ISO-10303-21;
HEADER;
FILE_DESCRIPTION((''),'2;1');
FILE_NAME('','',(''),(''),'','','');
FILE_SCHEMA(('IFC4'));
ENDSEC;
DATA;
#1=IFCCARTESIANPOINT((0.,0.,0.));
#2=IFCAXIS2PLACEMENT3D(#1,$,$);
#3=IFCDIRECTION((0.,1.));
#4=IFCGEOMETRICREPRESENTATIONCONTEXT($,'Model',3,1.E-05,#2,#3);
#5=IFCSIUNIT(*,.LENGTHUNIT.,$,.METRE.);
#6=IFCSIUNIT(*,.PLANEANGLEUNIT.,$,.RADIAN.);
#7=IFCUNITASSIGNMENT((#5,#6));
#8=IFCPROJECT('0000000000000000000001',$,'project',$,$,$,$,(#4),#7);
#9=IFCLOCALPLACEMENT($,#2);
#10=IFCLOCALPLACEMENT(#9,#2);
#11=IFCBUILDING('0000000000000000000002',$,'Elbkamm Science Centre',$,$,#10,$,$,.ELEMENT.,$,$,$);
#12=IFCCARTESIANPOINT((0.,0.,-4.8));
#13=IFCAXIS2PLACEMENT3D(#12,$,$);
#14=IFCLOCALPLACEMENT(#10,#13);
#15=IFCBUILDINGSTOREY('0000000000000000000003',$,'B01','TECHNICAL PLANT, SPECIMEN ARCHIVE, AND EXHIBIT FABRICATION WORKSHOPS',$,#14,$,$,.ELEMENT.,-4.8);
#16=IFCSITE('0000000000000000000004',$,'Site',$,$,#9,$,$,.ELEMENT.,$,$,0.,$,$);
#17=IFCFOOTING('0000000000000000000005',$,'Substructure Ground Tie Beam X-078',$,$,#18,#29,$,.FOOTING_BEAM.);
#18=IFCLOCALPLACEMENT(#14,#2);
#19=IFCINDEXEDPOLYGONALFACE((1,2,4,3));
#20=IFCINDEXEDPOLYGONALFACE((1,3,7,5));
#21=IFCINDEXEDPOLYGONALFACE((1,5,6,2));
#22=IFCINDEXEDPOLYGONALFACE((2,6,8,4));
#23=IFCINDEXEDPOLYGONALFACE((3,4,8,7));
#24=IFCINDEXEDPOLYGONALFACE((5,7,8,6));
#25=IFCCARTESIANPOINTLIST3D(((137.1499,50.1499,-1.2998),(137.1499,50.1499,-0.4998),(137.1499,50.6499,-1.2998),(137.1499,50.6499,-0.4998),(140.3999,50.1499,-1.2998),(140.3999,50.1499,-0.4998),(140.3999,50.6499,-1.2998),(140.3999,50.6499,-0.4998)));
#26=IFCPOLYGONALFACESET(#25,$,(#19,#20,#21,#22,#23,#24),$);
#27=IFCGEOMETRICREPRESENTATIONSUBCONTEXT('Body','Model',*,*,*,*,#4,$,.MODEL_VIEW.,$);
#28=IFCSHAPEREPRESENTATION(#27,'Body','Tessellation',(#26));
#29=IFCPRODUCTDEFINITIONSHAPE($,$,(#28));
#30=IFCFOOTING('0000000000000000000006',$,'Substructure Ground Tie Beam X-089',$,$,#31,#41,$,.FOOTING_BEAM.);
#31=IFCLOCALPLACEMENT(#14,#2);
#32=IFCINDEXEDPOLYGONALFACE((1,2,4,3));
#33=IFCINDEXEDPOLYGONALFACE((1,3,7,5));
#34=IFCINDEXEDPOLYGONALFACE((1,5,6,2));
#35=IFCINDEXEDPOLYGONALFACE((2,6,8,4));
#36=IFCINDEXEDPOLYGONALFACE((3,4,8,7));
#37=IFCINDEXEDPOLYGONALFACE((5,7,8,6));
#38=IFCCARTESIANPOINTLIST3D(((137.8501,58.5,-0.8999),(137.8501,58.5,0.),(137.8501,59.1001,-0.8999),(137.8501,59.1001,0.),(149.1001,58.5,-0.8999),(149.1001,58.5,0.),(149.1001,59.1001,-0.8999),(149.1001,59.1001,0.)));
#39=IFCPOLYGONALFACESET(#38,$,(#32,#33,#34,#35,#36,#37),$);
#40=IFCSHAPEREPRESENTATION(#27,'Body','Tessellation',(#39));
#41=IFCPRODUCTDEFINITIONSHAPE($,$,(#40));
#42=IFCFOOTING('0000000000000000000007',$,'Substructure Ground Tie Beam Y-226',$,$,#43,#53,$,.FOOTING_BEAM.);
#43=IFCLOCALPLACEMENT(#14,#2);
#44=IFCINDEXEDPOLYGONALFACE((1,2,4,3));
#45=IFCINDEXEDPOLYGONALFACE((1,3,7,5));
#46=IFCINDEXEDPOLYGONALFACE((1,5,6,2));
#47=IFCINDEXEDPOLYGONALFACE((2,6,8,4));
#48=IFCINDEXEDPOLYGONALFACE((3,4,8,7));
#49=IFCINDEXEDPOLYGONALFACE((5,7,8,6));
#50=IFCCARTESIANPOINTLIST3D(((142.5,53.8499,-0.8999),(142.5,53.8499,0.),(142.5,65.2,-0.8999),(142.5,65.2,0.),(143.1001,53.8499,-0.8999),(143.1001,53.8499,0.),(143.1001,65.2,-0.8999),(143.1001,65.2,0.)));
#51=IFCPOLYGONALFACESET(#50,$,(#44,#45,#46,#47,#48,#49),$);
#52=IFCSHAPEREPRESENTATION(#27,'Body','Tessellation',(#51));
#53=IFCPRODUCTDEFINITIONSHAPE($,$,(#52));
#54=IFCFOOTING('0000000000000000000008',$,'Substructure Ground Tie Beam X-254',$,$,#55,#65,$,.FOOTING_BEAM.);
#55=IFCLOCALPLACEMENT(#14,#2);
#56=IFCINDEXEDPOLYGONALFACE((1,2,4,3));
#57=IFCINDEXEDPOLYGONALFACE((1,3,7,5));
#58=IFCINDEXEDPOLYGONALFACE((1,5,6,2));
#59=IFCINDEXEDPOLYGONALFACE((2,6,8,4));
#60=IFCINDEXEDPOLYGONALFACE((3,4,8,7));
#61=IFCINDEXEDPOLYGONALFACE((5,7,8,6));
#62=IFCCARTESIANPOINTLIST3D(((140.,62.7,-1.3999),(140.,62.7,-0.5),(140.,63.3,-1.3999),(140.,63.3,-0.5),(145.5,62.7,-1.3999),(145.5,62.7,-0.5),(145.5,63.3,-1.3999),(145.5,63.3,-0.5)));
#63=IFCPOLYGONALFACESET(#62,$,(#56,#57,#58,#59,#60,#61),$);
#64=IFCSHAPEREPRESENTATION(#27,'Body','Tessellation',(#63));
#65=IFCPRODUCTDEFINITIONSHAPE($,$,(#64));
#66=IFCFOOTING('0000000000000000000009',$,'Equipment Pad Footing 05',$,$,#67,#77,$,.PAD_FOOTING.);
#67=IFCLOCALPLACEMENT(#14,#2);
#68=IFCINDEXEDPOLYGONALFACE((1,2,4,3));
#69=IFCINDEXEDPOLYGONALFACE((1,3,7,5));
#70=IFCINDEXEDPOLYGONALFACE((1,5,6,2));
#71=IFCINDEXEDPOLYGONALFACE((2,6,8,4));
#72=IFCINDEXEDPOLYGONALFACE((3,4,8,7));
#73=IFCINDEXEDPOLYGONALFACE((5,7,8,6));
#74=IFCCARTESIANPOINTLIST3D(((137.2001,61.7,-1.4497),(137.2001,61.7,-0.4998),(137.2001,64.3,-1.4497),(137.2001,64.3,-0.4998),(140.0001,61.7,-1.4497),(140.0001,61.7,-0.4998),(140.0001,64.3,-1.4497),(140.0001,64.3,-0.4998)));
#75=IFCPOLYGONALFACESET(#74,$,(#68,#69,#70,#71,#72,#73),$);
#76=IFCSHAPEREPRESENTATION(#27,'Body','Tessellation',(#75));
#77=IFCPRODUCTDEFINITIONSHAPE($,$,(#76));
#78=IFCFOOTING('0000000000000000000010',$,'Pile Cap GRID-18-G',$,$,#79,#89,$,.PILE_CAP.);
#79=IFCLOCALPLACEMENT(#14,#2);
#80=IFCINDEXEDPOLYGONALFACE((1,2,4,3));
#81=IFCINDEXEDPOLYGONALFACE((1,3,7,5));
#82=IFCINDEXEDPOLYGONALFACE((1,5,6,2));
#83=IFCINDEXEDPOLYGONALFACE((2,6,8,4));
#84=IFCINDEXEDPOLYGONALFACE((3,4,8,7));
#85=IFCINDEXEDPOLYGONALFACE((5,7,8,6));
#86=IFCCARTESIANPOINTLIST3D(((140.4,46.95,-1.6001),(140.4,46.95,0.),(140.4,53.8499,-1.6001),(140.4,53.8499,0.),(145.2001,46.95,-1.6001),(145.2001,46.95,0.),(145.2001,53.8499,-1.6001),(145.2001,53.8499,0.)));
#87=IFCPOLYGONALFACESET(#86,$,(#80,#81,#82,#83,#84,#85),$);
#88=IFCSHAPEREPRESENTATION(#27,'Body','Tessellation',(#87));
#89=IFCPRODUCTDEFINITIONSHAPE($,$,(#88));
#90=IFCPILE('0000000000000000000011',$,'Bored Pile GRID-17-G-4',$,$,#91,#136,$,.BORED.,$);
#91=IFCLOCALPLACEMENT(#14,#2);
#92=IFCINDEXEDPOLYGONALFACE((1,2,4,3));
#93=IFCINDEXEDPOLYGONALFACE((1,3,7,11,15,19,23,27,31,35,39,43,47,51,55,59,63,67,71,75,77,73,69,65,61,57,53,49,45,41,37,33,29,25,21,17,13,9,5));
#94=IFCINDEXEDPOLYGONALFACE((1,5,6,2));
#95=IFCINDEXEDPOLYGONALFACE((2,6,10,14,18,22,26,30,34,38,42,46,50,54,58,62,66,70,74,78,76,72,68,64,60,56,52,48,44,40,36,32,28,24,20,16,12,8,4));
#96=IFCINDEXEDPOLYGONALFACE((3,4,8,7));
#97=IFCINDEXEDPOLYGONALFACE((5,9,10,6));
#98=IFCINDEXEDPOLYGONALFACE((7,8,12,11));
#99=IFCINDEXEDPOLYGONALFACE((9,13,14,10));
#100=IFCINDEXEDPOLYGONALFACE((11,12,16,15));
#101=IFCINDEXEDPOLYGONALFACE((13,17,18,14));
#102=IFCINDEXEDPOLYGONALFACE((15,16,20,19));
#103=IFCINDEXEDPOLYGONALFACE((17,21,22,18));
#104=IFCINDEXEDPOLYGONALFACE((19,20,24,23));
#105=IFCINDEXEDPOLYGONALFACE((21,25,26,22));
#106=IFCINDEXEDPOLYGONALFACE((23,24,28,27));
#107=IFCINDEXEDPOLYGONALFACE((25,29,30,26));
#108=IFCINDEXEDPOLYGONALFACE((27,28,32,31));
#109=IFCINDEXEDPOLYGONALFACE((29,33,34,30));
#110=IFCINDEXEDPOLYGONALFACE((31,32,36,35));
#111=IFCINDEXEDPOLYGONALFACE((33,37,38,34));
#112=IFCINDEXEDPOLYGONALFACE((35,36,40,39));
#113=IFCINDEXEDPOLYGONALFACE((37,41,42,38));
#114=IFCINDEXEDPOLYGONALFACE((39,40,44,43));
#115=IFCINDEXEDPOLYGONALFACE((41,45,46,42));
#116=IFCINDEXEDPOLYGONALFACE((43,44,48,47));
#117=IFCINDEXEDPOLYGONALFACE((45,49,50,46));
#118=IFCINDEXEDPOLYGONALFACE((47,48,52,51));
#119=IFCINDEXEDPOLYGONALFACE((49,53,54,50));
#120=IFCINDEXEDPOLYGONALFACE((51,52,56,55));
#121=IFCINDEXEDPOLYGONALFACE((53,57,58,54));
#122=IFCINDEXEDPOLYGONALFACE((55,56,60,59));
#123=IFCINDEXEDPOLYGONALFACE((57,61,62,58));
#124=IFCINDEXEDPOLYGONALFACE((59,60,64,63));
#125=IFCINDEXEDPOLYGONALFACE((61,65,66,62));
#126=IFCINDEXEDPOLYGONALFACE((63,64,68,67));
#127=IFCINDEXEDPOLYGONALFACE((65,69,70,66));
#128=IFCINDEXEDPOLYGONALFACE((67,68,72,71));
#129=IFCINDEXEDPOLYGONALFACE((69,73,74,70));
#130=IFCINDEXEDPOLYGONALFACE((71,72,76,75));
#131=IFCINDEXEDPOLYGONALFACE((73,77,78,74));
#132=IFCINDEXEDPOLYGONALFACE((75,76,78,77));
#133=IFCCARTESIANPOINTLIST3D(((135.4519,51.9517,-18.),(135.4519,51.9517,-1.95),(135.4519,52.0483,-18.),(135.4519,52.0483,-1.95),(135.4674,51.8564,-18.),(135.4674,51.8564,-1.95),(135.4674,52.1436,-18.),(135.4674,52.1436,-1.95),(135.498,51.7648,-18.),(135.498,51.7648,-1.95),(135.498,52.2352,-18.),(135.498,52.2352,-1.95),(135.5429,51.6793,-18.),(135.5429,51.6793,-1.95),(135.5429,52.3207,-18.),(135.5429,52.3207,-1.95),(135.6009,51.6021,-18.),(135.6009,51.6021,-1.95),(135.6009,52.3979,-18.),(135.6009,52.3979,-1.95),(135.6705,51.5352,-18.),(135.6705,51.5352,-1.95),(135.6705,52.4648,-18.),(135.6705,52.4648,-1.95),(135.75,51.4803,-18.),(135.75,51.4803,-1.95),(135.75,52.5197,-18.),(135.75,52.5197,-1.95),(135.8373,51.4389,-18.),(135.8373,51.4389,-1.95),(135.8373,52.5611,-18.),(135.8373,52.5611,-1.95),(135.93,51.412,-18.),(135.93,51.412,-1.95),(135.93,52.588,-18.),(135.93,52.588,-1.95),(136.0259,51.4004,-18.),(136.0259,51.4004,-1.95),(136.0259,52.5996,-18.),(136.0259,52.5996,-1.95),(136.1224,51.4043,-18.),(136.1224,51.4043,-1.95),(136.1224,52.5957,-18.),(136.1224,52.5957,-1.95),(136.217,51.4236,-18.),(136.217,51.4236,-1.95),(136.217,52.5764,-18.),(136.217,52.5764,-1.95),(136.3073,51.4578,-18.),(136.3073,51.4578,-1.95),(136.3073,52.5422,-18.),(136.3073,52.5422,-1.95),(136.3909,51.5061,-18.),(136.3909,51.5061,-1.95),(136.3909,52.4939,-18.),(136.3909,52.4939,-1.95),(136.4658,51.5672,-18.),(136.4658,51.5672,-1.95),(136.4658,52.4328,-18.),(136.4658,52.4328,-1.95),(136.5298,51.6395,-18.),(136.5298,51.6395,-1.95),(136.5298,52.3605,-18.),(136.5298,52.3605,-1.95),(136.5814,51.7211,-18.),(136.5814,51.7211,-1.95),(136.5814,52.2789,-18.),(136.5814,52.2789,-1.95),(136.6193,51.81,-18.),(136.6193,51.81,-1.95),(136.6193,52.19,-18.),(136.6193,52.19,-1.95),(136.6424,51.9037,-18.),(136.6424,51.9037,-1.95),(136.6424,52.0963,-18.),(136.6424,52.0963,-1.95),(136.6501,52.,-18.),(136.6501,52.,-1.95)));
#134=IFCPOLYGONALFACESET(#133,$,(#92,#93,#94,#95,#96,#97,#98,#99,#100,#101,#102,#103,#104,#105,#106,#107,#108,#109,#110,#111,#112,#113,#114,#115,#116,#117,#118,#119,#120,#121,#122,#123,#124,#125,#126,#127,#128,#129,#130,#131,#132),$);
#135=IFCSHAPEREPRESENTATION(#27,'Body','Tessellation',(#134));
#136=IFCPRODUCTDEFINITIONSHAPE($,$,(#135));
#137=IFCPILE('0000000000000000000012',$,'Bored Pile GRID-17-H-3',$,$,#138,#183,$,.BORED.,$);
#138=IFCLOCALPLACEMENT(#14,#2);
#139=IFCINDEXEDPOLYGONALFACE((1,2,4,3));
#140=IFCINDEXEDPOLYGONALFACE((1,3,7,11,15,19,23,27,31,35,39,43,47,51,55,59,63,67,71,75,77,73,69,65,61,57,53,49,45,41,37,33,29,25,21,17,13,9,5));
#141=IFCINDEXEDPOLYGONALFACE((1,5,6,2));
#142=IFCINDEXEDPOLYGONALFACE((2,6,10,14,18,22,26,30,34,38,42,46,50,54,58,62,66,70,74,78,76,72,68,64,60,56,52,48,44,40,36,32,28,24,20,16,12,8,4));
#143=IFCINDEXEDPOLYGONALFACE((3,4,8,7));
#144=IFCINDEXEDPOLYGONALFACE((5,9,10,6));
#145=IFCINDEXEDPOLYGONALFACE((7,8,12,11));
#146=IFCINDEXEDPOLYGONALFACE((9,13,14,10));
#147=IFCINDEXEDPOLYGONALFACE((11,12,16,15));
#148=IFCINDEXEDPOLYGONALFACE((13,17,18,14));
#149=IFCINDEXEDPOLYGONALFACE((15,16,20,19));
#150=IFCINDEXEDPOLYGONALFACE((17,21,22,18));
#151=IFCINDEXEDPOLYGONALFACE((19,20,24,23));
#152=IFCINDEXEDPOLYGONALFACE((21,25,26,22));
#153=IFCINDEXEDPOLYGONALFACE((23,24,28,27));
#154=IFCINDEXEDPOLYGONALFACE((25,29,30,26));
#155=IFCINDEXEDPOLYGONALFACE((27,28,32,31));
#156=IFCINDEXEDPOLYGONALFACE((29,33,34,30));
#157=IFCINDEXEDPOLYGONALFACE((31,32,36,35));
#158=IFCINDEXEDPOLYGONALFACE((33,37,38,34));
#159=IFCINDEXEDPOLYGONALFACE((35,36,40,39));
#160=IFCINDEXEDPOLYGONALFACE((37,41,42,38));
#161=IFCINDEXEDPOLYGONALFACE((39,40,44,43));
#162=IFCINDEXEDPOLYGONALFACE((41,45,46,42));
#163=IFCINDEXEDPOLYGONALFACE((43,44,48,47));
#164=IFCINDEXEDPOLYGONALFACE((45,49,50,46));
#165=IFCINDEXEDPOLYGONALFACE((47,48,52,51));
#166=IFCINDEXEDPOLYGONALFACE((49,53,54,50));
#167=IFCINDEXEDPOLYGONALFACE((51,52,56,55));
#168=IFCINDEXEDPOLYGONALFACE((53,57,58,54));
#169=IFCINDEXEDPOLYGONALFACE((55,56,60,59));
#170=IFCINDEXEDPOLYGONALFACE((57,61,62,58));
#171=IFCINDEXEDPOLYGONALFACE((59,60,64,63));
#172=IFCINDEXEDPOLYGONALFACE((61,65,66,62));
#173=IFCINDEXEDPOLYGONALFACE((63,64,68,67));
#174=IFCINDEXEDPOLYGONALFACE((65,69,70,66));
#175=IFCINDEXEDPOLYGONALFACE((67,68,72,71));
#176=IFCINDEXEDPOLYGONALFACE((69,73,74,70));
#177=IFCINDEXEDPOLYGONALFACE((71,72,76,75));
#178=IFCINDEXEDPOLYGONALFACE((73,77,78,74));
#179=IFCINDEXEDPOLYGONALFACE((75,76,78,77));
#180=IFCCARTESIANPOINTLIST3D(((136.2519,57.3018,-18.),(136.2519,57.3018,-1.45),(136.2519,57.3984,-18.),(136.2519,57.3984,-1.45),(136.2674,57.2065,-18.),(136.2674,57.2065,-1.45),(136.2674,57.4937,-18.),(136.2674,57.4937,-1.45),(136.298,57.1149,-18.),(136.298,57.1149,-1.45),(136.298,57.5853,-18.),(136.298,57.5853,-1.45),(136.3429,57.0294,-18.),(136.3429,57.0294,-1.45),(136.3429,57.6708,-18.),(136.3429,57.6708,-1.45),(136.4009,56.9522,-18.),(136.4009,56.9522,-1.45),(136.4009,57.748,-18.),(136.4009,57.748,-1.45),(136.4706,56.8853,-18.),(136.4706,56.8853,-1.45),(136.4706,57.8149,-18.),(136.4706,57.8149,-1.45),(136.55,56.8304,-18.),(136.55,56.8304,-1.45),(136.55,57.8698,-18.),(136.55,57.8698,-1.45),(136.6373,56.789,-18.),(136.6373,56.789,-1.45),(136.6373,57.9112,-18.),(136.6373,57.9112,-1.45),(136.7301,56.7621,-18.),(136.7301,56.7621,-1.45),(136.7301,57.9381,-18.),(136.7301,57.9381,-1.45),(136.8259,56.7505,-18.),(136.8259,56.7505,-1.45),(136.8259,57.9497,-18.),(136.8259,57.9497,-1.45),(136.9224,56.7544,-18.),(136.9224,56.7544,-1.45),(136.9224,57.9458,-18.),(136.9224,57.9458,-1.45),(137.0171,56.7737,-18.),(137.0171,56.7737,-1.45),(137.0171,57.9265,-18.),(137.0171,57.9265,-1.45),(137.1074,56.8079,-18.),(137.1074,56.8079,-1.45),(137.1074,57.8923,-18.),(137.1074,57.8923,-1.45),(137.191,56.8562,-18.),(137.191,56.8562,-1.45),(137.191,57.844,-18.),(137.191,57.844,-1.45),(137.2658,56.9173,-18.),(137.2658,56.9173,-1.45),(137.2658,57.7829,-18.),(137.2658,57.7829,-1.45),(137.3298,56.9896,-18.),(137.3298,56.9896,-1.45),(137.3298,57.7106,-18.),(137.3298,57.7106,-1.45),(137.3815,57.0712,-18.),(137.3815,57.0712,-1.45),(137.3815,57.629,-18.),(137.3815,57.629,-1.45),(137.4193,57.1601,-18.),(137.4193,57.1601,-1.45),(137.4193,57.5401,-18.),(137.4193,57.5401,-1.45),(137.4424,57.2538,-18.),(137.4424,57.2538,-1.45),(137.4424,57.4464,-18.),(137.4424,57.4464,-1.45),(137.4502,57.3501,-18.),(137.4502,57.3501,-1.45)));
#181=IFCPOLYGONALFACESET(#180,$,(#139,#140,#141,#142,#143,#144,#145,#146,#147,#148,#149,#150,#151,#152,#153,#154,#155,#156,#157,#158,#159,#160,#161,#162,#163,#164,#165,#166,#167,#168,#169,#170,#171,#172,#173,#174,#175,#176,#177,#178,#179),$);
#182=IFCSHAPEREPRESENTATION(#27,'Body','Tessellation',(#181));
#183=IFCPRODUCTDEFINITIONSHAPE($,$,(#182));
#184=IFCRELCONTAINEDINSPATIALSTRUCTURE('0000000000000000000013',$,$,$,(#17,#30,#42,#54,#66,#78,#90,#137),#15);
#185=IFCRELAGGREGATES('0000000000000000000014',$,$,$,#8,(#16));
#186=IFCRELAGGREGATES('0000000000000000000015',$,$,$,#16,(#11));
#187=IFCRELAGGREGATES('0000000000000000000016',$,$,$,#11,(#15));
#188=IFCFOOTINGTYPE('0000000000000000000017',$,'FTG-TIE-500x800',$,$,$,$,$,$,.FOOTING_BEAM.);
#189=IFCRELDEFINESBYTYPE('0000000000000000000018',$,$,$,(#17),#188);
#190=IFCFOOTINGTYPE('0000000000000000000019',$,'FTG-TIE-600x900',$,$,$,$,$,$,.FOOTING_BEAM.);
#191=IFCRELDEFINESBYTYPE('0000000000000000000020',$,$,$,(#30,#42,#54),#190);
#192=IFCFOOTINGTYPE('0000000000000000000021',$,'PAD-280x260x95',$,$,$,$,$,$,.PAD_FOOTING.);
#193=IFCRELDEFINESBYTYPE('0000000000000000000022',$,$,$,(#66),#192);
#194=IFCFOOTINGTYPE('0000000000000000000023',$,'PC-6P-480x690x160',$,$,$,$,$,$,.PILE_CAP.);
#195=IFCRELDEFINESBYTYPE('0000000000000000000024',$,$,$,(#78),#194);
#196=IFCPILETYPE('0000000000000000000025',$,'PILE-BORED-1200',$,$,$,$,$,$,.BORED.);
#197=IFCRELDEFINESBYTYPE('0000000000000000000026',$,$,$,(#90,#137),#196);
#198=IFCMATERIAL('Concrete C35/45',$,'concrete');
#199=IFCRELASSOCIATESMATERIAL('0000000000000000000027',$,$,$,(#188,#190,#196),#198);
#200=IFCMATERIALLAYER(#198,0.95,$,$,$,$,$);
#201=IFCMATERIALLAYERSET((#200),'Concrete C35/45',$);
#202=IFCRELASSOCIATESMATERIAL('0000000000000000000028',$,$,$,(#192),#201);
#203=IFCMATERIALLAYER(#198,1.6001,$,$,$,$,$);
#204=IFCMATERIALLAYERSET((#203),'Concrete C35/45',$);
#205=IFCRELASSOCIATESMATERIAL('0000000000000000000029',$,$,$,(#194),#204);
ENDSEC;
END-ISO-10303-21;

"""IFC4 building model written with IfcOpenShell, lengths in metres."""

from ifc_helpers import new_model, si_unit, direction, frame, origin, origin_2d, place, context, subcontext, project, spatial, rectangle, circle, extrude, material, layer, layer_set, material_profile, profile_set, type_object, element, save


model = new_model("IFC4")

# Units and contexts
model_context = context("Model", 3, precision=1e-05, world=origin(), true_north=direction((0.0, 1.0)))
body_context = subcontext(model_context, "Body", "Model", "MODEL_VIEW")
ifc_project = project(units=[si_unit("LENGTHUNIT", "METRE"), si_unit("PLANEANGLEUNIT", "RADIAN")], contexts=[model_context])

# Site, building, storey
site_placement = place(None, origin())
site = spatial("IfcSite", under=ifc_project, at=site_placement, Name="Site", CompositionType="ELEMENT", RefElevation=0.0)
building_placement = place(site_placement, origin())
building = spatial("IfcBuilding", under=site, at=building_placement, Name="Elbkamm Science Centre", CompositionType="ELEMENT")
storey_placement = place(building_placement, frame((0.0, 0.0, -4.8)))
storey = spatial("IfcBuildingStorey", under=building, at=storey_placement, Name="B01", Description="TECHNICAL PLANT, SPECIMEN ARCHIVE, AND EXHIBIT FABRICATION WORKSHOPS", CompositionType="ELEMENT", Elevation=-4.8)

# Footings
ifc_material_1 = material(Name="Concrete C35/45", Category="concrete")
footing_type_1 = type_object("IfcFootingType", Name="FTG-TIE-500x800", PredefinedType="FOOTING_BEAM", material=ifc_material_1)
footing_1_placement = place(storey_placement, frame((138.7749, 50.3999, -1.2998), z_axis=(0.0, 0.0, 1.0), x_axis=(1.0, 0.0, 0.0)))
element("IfcFooting", 1, at=footing_1_placement, inside=storey, type_object=footing_type_1, Name="Substructure Ground Tie Beam X-078", PredefinedType="FOOTING_BEAM", context=body_context, shape_type="SweptSolid", body=[
    extrude(rectangle(XDim=3.25, YDim=0.5, at=origin_2d()), origin(), (0.0, 0.0, 1.0), 0.8),
])
footing_type_2 = type_object("IfcFootingType", Name="FTG-TIE-600x900", PredefinedType="FOOTING_BEAM", material=ifc_material_1)
footing_2_placement = place(storey_placement, frame((143.4751, 58.8, -0.8999), z_axis=(0.0, 0.0, 1.0), x_axis=(1.0, 0.0, 0.0)))
element("IfcFooting", 2, at=footing_2_placement, inside=storey, type_object=footing_type_2, Name="Substructure Ground Tie Beam X-089", PredefinedType="FOOTING_BEAM", context=body_context, shape_type="SweptSolid", body=[
    extrude(rectangle(XDim=11.25, YDim=0.6001, at=origin_2d()), origin(), (0.0, 0.0, 1.0), 0.8999),
])
footing_3_placement = place(storey_placement, frame((142.8, 59.5249, -0.8999), z_axis=(0.0, 0.0, 1.0), x_axis=(1.0, 0.0, 0.0)))
element("IfcFooting", 3, at=footing_3_placement, inside=storey, type_object=footing_type_2, Name="Substructure Ground Tie Beam Y-226", PredefinedType="FOOTING_BEAM", context=body_context, shape_type="SweptSolid", body=[
    extrude(rectangle(XDim=0.6001, YDim=11.3501, at=origin_2d()), origin(), (0.0, 0.0, 1.0), 0.8999),
])
footing_4_placement = place(storey_placement, frame((142.75, 63.0, -1.3999), z_axis=(0.0, 0.0, 1.0), x_axis=(1.0, 0.0, 0.0)))
element("IfcFooting", 4, at=footing_4_placement, inside=storey, type_object=footing_type_2, Name="Substructure Ground Tie Beam X-254", PredefinedType="FOOTING_BEAM", context=body_context, shape_type="SweptSolid", body=[
    extrude(rectangle(XDim=5.5, YDim=0.6001, at=origin_2d()), origin(), (0.0, 0.0, 1.0), 0.8999),
])
ifc_layer_1 = layer(ifc_material_1, 0.95)
ifc_layer_set_1 = layer_set([ifc_layer_1], Name="Concrete C35/45")
footing_type_3 = type_object("IfcFootingType", Name="PAD-280x260x95", PredefinedType="PAD_FOOTING", material=ifc_layer_set_1)
footing_5_placement = place(storey_placement, frame((138.6001, 63.0, -1.4497), z_axis=(0.0, 0.0, 1.0), x_axis=(1.0, 0.0, 0.0)))
element("IfcFooting", 5, at=footing_5_placement, inside=storey, type_object=footing_type_3, Name="Equipment Pad Footing 05", PredefinedType="PAD_FOOTING", context=body_context, shape_type="SweptSolid", body=[
    extrude(rectangle(XDim=2.8, YDim=2.6001, at=origin_2d()), origin(), (0.0, 0.0, 1.0), 0.95),
])
ifc_layer_2 = layer(ifc_material_1, 1.6001)
ifc_layer_set_2 = layer_set([ifc_layer_2], Name="Concrete C35/45")
footing_type_4 = type_object("IfcFootingType", Name="PC-6P-480x690x160", PredefinedType="PILE_CAP", material=ifc_layer_set_2)
footing_6_placement = place(storey_placement, frame((142.8, 50.3999, -1.6001), z_axis=(0.0, 0.0, 1.0), x_axis=(1.0, 0.0, 0.0)))
element("IfcFooting", 6, at=footing_6_placement, inside=storey, type_object=footing_type_4, Name="Pile Cap GRID-18-G", PredefinedType="PILE_CAP", context=body_context, shape_type="SweptSolid", body=[
    extrude(rectangle(XDim=4.8, YDim=6.8999, at=origin_2d()), origin(), (0.0, 0.0, 1.0), 1.6001),
])

# Piles
ifc_material_profile_1 = material_profile(ifc_material_1, circle(Radius=0.6001, at=origin_2d()), Name="PILE D1200")
ifc_profile_set_1 = profile_set([ifc_material_profile_1], Name="Concrete C35/45")
pile_type = type_object("IfcPileType", Name="PILE-BORED-1200", PredefinedType="BORED", material=ifc_profile_set_1)
pile_placement = place(storey_placement, frame((136.05, 52.0, -1.95), z_axis=(0.0, 0.0, -1.0), x_axis=(1.0, 0.0, 0.0)))
element("IfcPile", 7, at=pile_placement, inside=storey, type_object=pile_type, Name="Bored Pile GRID-17-G-4", PredefinedType="BORED", context=body_context, shape_type="SweptSolid", body=[
    extrude(circle(Radius=0.6001, at=origin_2d()), origin(), (0.0, 0.0, 1.0), 16.05),
])
for number, where, z_axis, x_axis, name in (
    (8, (136.8501, 57.3501, -1.45), (0.0, 0.0, -1.0), (1.0, 0.0, 0.0), "Bored Pile GRID-17-H-3"),
):
    element("IfcPile", number, at=place(storey_placement, frame(where, z_axis=z_axis, x_axis=x_axis)), inside=storey, type_object=pile_type, Name=name, PredefinedType="BORED", context=body_context, shape_type="SweptSolid", body=[
        extrude(circle(Radius=0.6001, at=origin_2d()), origin(), (0.0, 0.0, 1.0), 16.55),
    ])

save(model, "model.ifc")
